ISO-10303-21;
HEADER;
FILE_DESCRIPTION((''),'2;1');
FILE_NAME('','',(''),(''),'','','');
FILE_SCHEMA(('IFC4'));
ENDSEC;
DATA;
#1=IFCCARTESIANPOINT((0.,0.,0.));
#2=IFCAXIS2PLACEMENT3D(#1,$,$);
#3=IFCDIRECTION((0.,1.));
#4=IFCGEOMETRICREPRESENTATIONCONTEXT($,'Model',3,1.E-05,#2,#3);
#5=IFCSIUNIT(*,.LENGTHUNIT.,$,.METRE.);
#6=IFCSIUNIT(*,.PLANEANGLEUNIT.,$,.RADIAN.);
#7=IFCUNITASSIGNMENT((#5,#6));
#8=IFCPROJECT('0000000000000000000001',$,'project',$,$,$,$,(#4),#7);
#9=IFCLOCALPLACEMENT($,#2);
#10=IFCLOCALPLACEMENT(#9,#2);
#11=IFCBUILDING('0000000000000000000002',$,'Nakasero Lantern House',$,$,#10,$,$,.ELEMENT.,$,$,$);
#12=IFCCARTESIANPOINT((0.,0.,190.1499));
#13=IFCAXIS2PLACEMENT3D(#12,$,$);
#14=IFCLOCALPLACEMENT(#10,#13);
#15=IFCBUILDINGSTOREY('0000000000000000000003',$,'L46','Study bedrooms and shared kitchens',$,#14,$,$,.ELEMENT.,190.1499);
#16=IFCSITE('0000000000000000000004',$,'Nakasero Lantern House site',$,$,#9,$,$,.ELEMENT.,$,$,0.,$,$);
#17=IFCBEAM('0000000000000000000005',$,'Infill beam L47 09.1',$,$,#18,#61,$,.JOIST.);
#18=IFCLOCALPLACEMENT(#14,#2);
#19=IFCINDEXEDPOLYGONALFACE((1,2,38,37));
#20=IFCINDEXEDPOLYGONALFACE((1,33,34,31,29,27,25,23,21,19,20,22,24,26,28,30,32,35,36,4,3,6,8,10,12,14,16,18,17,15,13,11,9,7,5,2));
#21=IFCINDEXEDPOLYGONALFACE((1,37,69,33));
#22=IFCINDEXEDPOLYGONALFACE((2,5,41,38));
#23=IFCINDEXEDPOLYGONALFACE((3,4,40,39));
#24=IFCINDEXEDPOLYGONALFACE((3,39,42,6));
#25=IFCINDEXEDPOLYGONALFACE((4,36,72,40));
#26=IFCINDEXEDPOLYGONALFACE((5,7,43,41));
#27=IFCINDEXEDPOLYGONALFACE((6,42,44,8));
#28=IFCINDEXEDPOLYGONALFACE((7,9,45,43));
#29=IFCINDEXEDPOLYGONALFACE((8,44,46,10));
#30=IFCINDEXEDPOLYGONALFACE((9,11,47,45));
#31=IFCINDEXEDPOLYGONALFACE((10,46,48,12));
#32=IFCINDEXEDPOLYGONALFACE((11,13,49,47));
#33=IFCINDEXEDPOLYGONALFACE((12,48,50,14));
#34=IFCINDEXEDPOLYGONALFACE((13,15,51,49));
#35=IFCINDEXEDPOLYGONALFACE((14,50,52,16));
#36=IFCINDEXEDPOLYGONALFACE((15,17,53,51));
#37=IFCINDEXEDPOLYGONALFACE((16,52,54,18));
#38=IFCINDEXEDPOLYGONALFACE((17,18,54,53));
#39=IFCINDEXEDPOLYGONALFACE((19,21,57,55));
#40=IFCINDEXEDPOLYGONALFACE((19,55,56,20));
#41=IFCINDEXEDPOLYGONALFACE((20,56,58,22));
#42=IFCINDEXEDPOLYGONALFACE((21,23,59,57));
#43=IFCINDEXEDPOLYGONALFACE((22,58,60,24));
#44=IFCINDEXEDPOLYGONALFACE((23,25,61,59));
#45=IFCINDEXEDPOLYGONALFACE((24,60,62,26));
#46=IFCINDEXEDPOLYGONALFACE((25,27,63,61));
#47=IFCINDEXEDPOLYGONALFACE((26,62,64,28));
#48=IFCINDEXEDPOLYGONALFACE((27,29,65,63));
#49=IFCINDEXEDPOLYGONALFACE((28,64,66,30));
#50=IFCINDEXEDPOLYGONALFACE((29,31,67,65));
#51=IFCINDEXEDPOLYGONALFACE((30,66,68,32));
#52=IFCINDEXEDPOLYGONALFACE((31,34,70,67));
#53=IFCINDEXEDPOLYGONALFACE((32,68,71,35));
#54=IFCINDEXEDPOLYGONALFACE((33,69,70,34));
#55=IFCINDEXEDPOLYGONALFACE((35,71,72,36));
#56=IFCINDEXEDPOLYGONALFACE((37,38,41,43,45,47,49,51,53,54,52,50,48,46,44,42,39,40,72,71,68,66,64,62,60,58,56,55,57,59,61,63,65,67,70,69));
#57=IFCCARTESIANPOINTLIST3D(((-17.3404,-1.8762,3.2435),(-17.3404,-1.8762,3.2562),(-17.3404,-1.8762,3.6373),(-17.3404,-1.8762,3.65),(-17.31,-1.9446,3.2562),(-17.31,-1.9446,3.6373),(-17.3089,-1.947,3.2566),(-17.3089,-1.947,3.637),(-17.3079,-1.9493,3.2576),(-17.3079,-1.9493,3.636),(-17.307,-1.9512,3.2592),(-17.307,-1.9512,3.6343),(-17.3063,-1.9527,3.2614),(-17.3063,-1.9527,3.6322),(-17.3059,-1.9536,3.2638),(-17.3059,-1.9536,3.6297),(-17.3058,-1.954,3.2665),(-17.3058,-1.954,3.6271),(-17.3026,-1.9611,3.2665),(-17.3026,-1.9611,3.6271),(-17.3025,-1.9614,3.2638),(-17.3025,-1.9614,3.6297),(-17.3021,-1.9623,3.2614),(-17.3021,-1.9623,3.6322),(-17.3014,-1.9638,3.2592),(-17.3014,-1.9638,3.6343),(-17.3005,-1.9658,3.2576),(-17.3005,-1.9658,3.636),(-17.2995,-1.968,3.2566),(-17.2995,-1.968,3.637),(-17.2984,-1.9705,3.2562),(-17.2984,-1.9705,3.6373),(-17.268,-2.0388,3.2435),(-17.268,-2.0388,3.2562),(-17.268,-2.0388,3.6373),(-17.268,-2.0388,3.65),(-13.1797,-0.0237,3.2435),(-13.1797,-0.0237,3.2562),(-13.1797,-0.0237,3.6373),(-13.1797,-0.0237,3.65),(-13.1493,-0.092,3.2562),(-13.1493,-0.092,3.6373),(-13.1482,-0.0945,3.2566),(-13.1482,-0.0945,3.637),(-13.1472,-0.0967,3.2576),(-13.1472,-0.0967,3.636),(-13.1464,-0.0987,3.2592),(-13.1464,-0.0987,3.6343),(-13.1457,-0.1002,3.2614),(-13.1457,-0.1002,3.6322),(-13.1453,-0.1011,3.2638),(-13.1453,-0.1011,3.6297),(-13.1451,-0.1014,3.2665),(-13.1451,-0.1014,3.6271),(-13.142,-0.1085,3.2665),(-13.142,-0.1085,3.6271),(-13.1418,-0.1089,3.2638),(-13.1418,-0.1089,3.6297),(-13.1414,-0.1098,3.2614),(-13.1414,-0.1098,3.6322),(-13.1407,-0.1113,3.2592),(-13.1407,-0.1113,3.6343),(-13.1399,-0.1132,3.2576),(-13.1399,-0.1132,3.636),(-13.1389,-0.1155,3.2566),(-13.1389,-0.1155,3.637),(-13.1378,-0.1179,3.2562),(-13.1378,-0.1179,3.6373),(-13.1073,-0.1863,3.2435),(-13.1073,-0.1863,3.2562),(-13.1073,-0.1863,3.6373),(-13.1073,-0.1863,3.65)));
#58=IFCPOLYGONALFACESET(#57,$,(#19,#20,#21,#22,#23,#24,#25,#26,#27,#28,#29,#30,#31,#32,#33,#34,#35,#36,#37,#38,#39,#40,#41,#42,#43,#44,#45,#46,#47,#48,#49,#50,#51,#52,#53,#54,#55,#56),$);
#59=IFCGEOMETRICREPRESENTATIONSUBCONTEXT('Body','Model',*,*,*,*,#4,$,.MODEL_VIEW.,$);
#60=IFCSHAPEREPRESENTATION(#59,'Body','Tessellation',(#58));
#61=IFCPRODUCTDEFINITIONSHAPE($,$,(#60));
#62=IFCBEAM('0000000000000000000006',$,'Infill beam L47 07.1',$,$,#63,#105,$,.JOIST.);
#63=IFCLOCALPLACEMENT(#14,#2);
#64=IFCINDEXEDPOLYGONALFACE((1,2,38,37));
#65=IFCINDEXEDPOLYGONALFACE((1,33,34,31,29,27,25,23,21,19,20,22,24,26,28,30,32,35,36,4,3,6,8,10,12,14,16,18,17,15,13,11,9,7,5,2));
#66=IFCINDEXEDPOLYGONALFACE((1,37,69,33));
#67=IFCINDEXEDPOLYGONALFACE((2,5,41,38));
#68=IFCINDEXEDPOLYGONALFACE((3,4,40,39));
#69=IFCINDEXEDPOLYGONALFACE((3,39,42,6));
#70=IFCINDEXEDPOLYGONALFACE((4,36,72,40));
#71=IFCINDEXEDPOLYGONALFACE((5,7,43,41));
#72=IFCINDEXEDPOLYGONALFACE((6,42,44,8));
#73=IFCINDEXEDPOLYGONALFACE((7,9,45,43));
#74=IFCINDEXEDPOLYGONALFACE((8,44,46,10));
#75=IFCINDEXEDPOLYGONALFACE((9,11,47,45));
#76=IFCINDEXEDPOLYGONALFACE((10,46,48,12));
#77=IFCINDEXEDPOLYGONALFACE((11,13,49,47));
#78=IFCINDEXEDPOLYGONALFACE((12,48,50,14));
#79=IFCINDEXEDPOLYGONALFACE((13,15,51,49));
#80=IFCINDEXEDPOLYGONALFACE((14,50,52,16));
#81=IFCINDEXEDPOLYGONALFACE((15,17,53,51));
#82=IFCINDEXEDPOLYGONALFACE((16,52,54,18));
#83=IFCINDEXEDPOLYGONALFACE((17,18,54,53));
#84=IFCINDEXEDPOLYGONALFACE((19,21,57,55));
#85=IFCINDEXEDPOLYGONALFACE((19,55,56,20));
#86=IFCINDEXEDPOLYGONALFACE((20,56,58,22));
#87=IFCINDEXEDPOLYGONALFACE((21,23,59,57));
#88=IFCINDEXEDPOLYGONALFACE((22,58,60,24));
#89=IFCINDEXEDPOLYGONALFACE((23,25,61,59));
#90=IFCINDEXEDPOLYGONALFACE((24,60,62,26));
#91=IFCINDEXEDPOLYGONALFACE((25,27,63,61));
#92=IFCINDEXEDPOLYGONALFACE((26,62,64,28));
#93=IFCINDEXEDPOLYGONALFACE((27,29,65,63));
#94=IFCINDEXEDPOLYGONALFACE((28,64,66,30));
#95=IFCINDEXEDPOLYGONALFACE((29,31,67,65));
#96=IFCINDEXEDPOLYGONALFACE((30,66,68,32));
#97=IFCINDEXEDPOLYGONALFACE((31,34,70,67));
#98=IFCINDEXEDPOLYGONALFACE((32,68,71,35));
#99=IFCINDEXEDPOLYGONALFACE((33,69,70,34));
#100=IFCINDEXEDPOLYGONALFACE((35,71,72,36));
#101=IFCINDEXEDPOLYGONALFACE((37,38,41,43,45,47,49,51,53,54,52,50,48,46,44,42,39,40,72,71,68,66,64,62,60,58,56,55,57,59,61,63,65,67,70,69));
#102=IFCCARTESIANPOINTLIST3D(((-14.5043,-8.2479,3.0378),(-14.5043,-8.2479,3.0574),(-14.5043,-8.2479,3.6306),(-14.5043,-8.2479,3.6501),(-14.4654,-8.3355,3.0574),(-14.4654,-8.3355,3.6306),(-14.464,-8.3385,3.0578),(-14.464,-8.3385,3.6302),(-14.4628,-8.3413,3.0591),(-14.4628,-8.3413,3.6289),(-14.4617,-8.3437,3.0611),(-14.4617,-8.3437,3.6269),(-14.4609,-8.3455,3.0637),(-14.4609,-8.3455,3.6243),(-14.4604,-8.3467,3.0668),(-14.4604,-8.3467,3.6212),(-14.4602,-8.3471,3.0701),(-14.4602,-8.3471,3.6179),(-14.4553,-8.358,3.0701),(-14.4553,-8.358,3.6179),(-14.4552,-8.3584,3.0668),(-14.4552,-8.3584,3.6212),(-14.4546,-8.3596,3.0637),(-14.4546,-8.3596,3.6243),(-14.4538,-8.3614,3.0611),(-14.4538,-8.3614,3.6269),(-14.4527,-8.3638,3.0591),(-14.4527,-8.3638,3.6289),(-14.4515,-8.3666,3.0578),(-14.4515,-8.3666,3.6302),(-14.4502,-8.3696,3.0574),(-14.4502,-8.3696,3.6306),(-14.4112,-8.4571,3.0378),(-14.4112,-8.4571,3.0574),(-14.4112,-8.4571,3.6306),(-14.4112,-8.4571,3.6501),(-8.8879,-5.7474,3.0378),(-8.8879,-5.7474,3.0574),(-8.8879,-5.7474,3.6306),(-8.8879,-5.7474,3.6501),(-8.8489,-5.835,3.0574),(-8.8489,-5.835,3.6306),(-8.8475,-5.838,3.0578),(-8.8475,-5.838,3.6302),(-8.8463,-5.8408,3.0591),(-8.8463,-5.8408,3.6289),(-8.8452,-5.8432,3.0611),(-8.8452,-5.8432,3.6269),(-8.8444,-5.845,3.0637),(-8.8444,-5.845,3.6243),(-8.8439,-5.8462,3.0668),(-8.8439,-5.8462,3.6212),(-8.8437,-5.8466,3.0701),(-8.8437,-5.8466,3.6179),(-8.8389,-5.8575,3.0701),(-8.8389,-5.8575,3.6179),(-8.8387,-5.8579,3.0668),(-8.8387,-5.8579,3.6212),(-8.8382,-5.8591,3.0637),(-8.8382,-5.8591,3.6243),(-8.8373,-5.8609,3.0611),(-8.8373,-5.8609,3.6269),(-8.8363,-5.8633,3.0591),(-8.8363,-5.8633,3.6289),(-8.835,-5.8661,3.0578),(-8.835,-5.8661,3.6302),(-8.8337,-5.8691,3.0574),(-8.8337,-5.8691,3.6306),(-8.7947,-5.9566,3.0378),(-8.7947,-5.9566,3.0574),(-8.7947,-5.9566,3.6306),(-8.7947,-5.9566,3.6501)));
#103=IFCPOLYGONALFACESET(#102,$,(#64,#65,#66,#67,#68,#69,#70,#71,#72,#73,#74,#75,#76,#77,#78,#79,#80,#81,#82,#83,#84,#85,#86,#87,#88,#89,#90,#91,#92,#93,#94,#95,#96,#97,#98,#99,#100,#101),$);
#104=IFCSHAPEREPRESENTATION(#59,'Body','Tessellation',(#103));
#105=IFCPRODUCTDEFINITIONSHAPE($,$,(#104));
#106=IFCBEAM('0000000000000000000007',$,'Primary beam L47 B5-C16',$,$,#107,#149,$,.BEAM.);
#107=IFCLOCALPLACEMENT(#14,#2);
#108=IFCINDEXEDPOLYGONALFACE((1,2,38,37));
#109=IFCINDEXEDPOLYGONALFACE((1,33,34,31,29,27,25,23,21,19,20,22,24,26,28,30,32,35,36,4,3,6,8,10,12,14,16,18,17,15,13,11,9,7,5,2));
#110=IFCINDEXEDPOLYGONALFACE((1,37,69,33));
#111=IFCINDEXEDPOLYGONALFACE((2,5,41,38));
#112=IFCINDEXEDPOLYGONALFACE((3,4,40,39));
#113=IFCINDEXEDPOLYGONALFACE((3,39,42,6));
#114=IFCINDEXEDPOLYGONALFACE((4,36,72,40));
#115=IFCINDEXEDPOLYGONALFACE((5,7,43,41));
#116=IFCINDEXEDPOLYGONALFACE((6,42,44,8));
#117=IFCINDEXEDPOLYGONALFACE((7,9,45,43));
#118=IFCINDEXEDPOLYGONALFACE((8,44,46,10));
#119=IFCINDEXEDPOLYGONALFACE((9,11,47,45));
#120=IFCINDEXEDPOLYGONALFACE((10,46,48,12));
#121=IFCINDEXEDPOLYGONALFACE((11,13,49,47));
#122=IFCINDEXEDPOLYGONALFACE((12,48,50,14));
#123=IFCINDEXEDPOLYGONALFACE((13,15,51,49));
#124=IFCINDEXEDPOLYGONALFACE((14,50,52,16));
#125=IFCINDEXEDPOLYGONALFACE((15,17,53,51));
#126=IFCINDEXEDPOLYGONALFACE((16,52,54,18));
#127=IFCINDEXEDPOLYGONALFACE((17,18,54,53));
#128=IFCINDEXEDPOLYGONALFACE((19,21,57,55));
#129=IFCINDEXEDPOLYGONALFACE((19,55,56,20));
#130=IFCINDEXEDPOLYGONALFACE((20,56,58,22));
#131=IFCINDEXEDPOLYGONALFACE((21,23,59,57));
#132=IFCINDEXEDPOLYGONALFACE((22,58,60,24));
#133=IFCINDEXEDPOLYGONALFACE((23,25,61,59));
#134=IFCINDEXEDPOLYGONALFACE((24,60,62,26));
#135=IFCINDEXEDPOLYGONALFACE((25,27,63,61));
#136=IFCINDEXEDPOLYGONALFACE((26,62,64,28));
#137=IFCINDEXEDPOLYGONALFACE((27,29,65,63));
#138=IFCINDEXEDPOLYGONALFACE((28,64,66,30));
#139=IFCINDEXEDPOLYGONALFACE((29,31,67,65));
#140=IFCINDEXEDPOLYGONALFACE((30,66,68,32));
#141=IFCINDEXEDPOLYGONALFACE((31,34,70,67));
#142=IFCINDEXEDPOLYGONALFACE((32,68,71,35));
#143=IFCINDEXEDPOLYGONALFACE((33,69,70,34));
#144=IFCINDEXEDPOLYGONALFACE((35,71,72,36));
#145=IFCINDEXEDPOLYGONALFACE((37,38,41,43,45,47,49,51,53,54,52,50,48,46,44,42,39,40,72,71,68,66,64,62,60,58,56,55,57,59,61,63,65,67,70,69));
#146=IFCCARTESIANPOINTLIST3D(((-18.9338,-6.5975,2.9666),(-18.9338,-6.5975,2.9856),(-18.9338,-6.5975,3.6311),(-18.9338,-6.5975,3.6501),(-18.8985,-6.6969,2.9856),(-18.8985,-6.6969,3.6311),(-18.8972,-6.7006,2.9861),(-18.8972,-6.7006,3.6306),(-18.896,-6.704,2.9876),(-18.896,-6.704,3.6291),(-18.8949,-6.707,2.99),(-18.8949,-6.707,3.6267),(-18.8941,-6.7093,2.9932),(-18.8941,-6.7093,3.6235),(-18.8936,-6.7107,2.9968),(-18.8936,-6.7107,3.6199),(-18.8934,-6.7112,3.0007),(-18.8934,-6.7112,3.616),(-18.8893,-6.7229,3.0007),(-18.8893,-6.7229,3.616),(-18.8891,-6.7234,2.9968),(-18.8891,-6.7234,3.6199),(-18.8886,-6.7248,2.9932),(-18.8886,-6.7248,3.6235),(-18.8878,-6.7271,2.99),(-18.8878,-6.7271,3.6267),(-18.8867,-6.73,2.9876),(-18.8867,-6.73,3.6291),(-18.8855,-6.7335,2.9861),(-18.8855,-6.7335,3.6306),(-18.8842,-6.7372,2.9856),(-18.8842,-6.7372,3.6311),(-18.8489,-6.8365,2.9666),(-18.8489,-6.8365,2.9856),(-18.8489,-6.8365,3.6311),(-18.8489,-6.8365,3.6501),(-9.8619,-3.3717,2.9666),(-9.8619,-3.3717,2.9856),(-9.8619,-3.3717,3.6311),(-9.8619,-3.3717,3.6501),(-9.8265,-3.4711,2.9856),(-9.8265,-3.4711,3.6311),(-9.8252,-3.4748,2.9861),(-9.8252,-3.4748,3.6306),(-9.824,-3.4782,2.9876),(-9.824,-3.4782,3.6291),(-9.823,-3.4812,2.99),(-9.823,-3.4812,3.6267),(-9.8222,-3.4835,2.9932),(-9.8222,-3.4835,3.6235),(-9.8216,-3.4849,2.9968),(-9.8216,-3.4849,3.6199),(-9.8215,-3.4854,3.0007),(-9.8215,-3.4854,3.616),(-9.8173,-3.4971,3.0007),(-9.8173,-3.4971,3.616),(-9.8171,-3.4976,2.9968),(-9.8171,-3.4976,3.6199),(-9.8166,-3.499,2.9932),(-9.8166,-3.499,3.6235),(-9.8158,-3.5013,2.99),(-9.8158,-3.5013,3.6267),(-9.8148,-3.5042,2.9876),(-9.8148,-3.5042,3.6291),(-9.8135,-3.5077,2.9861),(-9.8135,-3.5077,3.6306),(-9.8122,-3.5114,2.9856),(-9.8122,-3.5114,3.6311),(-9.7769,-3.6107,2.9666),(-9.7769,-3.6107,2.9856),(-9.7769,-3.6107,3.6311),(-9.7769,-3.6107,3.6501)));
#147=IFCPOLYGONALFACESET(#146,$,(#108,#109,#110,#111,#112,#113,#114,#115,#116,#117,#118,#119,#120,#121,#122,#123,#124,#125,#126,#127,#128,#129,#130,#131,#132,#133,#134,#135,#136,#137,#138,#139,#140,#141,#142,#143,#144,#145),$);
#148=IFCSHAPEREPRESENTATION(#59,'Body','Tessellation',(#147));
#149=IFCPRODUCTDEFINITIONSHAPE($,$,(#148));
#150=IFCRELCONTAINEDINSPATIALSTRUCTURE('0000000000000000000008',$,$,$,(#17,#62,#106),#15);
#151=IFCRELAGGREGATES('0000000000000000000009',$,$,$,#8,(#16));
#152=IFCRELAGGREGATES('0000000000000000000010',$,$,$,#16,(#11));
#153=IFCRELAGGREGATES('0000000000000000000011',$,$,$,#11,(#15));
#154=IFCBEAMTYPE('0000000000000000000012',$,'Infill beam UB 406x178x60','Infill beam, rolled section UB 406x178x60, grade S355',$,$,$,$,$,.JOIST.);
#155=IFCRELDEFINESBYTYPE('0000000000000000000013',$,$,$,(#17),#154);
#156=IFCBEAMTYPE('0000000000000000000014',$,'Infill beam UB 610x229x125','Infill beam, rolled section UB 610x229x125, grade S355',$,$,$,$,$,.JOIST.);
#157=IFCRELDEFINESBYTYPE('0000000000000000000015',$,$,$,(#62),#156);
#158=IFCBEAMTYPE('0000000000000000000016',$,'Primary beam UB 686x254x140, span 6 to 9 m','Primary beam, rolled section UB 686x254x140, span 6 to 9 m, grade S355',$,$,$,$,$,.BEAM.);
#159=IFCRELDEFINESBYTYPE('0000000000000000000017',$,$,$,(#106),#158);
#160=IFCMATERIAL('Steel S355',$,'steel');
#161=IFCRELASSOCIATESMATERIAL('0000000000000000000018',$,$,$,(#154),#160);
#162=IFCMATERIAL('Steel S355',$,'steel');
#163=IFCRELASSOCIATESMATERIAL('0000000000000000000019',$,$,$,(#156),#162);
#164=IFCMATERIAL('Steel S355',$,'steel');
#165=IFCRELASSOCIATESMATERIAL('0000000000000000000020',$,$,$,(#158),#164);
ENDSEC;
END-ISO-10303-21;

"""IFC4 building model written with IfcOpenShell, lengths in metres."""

from ifc_helpers import new_model, si_unit, direction, frame, origin, origin_2d, place, context, subcontext, project, spatial, i_section, extrude, material, material_profile, profile_set, type_object, element, save


model = new_model("IFC4")

# Units and contexts
model_context = context("Model", 3, precision=1e-05, world=origin(), true_north=direction((0.0, 1.0)))
body_context = subcontext(model_context, "Body", "Model", "MODEL_VIEW")
ifc_project = project(units=[si_unit("LENGTHUNIT", "METRE"), si_unit("PLANEANGLEUNIT", "RADIAN")], contexts=[model_context])

# Site, building, storey
site_placement = place(None, origin())
site = spatial("IfcSite", under=ifc_project, at=site_placement, Name="Nakasero Lantern House site", CompositionType="ELEMENT", RefElevation=0.0)
building_placement = place(site_placement, origin())
building = spatial("IfcBuilding", under=site, at=building_placement, Name="Nakasero Lantern House", CompositionType="ELEMENT")
storey_placement = place(building_placement, frame((0.0, 0.0, 190.1499)))
storey = spatial("IfcBuildingStorey", under=building, at=storey_placement, Name="L46", Description="Study bedrooms and shared kitchens", CompositionType="ELEMENT", Elevation=190.1499)

# Beams
ifc_material_1 = material(Name="Steel S355", Category="steel")
ifc_material_profile_1 = material_profile(ifc_material_1, i_section(OverallWidth=0.178, OverallDepth=0.4065, WebThickness=0.0078, FlangeThickness=0.0127, FilletRadius=0.0103, at=origin_2d()), Name="UB 406x178x60")
ifc_profile_set_1 = profile_set([ifc_material_profile_1], Name="Steel S355")
beam_type_1 = type_object("IfcBeamType", Name="Infill beam UB 406x178x60", Description="Infill beam, rolled section UB 406x178x60, grade S355", PredefinedType="JOIST", material=ifc_profile_set_1)
beam_1_placement = place(storey_placement, frame((-17.3042, -1.9575, 3.4468), z_axis=(0.913537, 0.406755, 0.0), x_axis=(-0.406755, 0.913537, 0.0)))
element("IfcBeam", 1, at=beam_1_placement, inside=storey, type_object=beam_type_1, Name="Infill beam L47 09.1", PredefinedType="JOIST", context=body_context, shape_type="SweptSolid", body=[
    extrude(i_section(OverallWidth=0.178, OverallDepth=0.4065, WebThickness=0.0078, FlangeThickness=0.0127, FilletRadius=0.0103, at=origin_2d()), origin(), (0.0, 0.0, 1.0), 4.5544),
])
ifc_material_2 = material(Name="Steel S355", Category="steel")
ifc_material_profile_2 = material_profile(ifc_material_2, i_section(OverallWidth=0.229, OverallDepth=0.6123, WebThickness=0.012, FlangeThickness=0.0195, FilletRadius=0.0127, at=origin_2d()), Name="UB 610x229x125")
ifc_profile_set_2 = profile_set([ifc_material_profile_2], Name="Steel S355")
beam_type_2 = type_object("IfcBeamType", Name="Infill beam UB 610x229x125", Description="Infill beam, rolled section UB 610x229x125, grade S355", PredefinedType="JOIST", material=ifc_profile_set_2)
beam_2_placement = place(storey_placement, frame((-14.4578, -8.3525, 3.344), z_axis=(0.913553, 0.406721, 0.0), x_axis=(-0.406721, 0.913553, 0.0)))
element("IfcBeam", 2, at=beam_2_placement, inside=storey, type_object=beam_type_2, Name="Infill beam L47 07.1", PredefinedType="JOIST", context=body_context, shape_type="SweptSolid", body=[
    extrude(i_section(OverallWidth=0.229, OverallDepth=0.6123, WebThickness=0.012, FlangeThickness=0.0195, FilletRadius=0.0127, at=origin_2d()), origin(), (0.0, 0.0, 1.0), 6.1479),
])
ifc_material_3 = material(Name="Steel S355", Category="steel")
ifc_material_profile_3 = material_profile(ifc_material_3, i_section(OverallWidth=0.2537, OverallDepth=0.6836, WebThickness=0.0125, FlangeThickness=0.019, FilletRadius=0.0151, at=origin_2d()), Name="UB 686x254x140")
ifc_profile_set_3 = profile_set([ifc_material_profile_3], Name="Steel S355")
beam_type_3 = type_object("IfcBeamType", Name="Primary beam UB 686x254x140, span 6 to 9 m", Description="Primary beam, rolled section UB 686x254x140, span 6 to 9 m, grade S355", PredefinedType="BEAM", material=ifc_profile_set_3)
beam_3_placement = place(storey_placement, frame((-18.8914, -6.717, 3.3083), z_axis=(0.942207, 0.33503, 0.0), x_axis=(-0.33503, 0.942207, 0.0)))
element("IfcBeam", 3, at=beam_3_placement, inside=storey, type_object=beam_type_3, Name="Primary beam L47 B5-C16", PredefinedType="BEAM", context=body_context, shape_type="SweptSolid", body=[
    extrude(i_section(OverallWidth=0.2537, OverallDepth=0.6836, WebThickness=0.0125, FlangeThickness=0.019, FilletRadius=0.0151, at=origin_2d()), origin(), (0.0, 0.0, 1.0), 9.6284),
])

save(model, "model.ifc")
